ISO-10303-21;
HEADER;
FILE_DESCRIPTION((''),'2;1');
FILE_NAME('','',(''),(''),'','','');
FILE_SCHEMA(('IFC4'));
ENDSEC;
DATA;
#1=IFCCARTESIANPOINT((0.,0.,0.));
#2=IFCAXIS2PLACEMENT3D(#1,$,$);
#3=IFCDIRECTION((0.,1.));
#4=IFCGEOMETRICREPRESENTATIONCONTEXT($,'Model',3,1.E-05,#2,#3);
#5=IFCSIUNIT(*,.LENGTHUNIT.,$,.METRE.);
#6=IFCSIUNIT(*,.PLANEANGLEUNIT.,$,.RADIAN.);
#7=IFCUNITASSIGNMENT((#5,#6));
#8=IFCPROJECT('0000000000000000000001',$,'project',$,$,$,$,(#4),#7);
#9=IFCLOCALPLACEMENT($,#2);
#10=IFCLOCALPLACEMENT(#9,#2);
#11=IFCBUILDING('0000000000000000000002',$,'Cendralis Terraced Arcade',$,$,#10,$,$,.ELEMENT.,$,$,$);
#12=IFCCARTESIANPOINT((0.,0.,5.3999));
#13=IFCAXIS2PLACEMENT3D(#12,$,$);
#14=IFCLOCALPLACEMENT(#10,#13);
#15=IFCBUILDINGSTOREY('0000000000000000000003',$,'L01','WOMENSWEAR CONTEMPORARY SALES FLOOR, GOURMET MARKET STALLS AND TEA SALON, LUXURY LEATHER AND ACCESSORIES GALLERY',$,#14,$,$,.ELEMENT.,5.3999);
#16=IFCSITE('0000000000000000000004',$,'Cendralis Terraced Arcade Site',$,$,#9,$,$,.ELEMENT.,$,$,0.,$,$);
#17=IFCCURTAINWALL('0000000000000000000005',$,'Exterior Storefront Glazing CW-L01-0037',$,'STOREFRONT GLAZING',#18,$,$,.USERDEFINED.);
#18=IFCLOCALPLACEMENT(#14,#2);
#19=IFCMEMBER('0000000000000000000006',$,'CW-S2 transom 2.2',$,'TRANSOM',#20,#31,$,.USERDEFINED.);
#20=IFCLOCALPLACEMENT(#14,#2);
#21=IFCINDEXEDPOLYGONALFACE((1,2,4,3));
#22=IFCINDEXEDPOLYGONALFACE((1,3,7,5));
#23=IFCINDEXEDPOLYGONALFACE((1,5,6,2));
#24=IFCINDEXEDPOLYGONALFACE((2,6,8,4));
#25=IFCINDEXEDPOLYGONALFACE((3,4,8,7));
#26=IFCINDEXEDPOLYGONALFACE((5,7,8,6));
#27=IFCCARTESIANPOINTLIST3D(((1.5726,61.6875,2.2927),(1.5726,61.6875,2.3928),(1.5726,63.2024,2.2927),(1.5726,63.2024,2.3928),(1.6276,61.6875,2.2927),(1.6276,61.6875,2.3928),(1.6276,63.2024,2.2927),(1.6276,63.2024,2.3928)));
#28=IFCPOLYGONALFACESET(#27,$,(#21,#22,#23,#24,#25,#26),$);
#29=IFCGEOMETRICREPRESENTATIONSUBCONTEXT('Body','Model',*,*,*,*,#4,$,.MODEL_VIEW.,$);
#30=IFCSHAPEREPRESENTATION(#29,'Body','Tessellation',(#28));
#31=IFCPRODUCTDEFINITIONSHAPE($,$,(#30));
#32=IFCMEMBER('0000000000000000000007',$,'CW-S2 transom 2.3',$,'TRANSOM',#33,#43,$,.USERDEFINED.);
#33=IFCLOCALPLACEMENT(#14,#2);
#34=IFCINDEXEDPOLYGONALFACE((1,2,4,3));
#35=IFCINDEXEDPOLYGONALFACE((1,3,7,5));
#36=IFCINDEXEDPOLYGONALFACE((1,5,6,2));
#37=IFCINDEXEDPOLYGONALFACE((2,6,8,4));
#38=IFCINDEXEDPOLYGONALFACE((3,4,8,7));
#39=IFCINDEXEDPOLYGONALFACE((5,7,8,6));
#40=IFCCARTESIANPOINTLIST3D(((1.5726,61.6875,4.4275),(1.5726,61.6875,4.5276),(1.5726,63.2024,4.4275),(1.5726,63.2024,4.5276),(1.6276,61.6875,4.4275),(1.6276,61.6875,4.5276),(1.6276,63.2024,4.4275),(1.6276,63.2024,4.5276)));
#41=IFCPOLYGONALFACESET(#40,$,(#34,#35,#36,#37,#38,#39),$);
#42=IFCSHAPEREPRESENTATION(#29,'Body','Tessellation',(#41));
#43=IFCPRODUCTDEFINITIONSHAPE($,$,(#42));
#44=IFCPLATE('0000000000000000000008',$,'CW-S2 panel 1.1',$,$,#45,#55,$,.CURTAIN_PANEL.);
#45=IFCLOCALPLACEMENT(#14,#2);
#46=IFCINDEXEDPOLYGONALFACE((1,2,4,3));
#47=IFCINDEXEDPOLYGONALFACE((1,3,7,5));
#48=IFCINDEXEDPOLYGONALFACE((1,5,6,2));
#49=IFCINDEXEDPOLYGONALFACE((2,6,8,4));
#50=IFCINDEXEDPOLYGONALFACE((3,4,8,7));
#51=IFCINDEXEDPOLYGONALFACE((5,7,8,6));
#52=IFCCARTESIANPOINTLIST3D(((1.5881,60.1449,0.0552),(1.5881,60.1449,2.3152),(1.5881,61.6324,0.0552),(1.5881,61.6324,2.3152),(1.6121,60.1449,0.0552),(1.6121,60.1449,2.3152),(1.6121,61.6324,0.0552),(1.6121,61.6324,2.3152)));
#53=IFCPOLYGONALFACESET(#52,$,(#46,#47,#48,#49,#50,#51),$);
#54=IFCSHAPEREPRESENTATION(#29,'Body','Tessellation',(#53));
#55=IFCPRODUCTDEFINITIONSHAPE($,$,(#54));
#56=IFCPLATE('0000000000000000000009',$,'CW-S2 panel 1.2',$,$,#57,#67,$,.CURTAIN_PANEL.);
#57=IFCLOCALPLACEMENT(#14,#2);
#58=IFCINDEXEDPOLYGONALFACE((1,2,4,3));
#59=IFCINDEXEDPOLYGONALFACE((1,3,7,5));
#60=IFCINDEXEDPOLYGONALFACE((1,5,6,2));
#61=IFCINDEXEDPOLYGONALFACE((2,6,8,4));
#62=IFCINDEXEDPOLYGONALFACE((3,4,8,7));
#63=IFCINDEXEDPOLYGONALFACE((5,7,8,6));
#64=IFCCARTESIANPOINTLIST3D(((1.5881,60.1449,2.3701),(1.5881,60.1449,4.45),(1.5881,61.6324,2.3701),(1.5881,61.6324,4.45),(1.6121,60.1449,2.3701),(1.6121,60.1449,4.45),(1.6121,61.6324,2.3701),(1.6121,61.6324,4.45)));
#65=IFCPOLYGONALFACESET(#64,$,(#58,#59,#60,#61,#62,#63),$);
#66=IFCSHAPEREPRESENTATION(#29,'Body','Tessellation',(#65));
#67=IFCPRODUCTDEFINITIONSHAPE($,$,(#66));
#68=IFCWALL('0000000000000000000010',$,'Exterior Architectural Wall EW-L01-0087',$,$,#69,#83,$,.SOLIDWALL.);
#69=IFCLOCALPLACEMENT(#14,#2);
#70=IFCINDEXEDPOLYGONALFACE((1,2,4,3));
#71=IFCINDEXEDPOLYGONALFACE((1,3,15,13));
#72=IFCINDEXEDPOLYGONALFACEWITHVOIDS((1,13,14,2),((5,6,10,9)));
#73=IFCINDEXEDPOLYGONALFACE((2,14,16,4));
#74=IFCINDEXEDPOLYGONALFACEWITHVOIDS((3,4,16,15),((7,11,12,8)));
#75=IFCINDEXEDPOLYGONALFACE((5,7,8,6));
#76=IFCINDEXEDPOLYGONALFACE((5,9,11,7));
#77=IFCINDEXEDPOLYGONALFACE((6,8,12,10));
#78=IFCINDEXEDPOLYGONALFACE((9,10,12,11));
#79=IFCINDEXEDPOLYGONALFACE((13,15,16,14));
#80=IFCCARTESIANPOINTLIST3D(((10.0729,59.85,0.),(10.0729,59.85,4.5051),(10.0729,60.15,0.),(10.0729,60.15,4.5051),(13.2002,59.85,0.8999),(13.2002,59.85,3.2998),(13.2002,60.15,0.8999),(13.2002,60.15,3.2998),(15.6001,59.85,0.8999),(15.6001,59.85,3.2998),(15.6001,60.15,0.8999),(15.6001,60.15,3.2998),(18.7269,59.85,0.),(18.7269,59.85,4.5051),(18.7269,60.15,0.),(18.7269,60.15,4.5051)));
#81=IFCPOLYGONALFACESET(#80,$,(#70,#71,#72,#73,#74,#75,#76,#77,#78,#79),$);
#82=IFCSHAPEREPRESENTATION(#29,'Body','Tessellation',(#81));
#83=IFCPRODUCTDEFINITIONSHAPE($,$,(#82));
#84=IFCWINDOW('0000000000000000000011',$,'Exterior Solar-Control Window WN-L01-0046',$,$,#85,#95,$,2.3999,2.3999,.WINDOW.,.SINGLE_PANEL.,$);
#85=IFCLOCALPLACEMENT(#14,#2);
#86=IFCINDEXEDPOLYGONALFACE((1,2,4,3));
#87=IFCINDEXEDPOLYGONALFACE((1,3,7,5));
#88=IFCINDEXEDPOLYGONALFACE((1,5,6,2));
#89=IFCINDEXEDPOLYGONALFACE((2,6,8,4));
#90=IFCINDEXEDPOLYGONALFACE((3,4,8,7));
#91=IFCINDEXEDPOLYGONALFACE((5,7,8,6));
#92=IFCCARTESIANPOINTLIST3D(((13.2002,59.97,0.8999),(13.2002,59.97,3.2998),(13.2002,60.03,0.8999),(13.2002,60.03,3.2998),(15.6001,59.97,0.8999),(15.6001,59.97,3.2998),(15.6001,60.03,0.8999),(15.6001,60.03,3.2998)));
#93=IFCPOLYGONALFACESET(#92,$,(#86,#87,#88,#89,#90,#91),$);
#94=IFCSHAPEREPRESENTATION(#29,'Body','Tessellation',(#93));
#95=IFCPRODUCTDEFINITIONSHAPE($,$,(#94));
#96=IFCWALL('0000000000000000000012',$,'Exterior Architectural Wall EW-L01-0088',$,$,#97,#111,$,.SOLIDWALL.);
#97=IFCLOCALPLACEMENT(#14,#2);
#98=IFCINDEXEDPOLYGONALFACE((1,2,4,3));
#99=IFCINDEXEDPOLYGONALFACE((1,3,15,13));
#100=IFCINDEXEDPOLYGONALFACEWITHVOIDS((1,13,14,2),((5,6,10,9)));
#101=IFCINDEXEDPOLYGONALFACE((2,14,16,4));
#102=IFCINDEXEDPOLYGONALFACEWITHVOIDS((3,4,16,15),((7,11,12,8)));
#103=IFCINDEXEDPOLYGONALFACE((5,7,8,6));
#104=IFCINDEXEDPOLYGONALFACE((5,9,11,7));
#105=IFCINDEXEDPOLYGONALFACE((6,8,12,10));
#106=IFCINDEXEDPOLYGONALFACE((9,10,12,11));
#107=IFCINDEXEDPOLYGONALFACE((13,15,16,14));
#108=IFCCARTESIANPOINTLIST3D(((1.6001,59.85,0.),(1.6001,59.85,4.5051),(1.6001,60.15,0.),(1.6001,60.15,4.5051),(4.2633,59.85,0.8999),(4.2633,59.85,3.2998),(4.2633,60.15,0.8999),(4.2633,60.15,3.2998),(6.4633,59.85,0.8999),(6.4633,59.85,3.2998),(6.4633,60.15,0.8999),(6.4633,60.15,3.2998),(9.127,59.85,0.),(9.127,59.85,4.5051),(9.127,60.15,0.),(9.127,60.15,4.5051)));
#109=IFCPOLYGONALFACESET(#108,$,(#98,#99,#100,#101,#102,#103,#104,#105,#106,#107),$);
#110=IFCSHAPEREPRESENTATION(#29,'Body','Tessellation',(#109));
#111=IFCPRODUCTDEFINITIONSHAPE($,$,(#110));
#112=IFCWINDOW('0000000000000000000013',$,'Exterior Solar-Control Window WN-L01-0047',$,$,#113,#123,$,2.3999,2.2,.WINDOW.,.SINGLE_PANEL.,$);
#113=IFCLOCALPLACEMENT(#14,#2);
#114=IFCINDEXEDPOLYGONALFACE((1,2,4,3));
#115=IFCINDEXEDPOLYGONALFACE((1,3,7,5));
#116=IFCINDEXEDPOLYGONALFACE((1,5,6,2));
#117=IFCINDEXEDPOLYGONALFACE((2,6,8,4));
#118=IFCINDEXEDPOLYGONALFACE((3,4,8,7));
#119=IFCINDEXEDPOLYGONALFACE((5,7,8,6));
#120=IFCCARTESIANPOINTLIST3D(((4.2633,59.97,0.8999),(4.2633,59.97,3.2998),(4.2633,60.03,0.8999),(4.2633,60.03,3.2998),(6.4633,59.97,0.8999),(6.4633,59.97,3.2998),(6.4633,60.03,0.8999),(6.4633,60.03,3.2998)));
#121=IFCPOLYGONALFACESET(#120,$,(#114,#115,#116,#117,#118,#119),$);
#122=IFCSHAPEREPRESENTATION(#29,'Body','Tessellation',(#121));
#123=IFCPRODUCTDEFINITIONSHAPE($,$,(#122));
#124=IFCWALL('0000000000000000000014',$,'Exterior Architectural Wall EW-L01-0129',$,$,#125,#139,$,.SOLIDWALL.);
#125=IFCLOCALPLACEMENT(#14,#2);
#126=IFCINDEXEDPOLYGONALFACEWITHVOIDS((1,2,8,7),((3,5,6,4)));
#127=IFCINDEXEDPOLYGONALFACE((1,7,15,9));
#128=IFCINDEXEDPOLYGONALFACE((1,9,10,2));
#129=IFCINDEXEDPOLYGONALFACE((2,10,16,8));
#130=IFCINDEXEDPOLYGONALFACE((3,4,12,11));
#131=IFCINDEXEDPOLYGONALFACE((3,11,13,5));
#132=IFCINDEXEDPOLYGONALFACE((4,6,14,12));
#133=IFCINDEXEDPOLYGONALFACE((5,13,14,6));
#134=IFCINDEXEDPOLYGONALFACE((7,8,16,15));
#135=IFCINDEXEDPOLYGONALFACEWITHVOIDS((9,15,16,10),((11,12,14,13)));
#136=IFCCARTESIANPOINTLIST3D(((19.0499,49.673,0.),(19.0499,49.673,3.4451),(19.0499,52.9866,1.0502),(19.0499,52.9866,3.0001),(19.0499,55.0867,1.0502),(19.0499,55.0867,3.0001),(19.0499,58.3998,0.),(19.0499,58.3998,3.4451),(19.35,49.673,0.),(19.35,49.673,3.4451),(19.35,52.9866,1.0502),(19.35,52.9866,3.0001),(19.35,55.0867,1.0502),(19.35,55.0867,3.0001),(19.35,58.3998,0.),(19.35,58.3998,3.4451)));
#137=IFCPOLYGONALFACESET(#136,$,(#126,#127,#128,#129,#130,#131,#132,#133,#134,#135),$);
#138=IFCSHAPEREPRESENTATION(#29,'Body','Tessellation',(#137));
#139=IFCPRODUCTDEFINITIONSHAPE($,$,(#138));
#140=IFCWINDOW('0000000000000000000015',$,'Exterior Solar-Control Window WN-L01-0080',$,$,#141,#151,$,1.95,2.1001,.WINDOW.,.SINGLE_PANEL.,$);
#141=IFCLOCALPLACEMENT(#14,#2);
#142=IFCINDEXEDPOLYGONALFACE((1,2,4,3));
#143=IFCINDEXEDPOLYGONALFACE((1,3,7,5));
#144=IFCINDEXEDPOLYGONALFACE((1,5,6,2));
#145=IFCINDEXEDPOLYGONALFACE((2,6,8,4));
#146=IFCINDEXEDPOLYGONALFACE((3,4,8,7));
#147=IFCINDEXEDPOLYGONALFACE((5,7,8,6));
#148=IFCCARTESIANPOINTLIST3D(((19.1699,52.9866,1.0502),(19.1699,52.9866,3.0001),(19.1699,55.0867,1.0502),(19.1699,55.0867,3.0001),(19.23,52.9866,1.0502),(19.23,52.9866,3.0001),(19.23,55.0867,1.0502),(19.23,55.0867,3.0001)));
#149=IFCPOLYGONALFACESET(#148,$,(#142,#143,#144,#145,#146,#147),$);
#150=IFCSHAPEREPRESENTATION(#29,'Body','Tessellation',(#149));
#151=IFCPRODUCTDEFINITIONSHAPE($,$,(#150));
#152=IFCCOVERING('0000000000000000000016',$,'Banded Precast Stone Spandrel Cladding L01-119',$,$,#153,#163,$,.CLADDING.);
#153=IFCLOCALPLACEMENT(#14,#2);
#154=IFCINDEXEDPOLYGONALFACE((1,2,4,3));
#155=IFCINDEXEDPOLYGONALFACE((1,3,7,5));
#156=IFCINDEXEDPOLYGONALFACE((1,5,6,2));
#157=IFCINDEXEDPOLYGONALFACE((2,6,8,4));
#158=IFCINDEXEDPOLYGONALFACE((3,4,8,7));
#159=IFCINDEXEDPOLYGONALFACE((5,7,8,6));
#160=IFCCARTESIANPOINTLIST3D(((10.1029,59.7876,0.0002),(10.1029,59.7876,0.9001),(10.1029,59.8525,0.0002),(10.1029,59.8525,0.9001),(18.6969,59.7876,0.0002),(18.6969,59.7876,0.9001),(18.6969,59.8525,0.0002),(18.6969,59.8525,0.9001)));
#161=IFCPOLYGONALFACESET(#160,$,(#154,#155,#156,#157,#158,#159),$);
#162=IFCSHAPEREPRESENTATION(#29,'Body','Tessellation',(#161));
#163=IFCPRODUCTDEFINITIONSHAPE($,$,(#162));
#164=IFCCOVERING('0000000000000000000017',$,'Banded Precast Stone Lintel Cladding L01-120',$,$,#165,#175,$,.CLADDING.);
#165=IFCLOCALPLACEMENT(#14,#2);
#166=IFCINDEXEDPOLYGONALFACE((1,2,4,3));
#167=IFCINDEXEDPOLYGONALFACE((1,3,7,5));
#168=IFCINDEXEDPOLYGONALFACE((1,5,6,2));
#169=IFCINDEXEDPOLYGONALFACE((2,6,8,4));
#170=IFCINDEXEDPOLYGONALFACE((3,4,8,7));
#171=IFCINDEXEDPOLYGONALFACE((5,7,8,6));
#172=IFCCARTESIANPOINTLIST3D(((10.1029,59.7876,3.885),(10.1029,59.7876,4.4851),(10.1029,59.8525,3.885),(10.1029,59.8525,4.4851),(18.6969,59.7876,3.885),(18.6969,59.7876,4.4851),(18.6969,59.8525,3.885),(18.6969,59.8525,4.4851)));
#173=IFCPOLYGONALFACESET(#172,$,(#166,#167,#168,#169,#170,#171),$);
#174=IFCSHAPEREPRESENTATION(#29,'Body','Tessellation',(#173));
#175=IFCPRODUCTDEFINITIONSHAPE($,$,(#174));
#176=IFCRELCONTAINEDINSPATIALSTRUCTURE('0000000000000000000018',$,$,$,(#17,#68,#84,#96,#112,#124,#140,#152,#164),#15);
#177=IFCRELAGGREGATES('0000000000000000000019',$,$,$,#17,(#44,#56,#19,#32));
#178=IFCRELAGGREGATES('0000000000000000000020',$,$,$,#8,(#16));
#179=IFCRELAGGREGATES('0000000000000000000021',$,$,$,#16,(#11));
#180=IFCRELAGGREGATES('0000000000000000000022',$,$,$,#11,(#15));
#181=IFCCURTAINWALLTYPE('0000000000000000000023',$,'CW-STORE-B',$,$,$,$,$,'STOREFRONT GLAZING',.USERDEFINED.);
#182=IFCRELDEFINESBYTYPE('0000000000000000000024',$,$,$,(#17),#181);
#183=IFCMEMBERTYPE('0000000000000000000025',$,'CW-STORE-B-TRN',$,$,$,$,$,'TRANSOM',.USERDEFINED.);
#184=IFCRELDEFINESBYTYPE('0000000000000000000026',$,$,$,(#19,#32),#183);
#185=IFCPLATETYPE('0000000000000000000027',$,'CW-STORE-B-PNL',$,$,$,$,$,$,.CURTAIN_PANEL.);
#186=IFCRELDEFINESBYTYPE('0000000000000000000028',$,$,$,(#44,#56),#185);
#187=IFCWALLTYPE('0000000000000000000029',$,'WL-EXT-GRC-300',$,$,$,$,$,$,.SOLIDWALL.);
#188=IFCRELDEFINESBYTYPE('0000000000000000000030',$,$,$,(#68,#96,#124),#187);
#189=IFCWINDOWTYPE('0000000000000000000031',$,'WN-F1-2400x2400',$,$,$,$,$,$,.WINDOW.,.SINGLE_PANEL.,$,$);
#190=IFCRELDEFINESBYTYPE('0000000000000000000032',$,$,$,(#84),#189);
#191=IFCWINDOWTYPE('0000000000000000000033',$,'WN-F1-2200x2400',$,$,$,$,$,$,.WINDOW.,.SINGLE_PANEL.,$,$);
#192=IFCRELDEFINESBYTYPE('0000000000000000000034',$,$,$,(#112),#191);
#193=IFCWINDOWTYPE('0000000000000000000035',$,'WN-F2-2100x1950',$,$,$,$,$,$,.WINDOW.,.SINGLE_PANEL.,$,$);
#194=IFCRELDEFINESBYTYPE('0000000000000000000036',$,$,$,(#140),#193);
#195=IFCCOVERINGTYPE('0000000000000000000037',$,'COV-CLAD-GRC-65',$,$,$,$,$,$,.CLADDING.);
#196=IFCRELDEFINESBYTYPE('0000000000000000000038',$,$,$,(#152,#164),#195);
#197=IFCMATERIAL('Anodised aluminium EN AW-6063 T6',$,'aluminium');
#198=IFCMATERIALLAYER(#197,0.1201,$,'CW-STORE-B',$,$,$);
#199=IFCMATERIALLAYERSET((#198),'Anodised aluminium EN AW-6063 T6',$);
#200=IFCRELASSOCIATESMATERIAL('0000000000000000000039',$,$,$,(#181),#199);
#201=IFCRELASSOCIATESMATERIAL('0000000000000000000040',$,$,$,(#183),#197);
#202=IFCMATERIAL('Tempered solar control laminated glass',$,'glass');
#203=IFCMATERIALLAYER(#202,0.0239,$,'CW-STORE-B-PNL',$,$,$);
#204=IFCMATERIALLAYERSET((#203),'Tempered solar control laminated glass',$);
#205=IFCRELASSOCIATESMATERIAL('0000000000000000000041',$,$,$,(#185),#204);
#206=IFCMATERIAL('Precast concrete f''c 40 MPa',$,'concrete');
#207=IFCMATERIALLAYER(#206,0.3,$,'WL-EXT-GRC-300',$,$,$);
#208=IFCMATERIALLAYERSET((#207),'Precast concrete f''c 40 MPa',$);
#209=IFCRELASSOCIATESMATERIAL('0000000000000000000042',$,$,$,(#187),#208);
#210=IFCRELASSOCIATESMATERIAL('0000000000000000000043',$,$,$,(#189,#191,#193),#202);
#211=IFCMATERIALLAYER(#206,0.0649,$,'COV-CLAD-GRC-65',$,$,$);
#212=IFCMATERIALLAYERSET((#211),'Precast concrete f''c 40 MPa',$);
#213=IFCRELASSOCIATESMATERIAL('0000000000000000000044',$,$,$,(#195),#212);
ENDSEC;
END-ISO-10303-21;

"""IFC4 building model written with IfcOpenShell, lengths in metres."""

from ifc_helpers import new_model, si_unit, direction, frame, frame_2d, origin, origin_2d, place, context, subcontext, project, spatial, rectangle, extrude, material, layer, layer_set, material_profile, profile_set, type_object, element, fill, aggregate, save


model = new_model("IFC4")

# Units and contexts
model_context = context("Model", 3, precision=1e-05, world=origin(), true_north=direction((0.0, 1.0)))
body_context = subcontext(model_context, "Body", "Model", "MODEL_VIEW")
ifc_project = project(units=[si_unit("LENGTHUNIT", "METRE"), si_unit("PLANEANGLEUNIT", "RADIAN")], contexts=[model_context])

# Site, building, storey
site_placement = place(None, origin())
site = spatial("IfcSite", under=ifc_project, at=site_placement, Name="Cendralis Terraced Arcade Site", CompositionType="ELEMENT", RefElevation=0.0)
building_placement = place(site_placement, origin())
building = spatial("IfcBuilding", under=site, at=building_placement, Name="Cendralis Terraced Arcade", CompositionType="ELEMENT")
storey_placement = place(building_placement, frame((0.0, 0.0, 5.3999)))
storey = spatial("IfcBuildingStorey", under=building, at=storey_placement, Name="L01", Description="WOMENSWEAR CONTEMPORARY SALES FLOOR, GOURMET MARKET STALLS AND TEA SALON, LUXURY LEATHER AND ACCESSORIES GALLERY", CompositionType="ELEMENT", Elevation=5.3999)

# Curtain wall
ifc_material_1 = material(Name="Anodised aluminium EN AW-6063 T6", Category="aluminium")
ifc_layer_1 = layer(ifc_material_1, 0.1201, Name="CW-STORE-B")
ifc_layer_set_1 = layer_set([ifc_layer_1], Name="Anodised aluminium EN AW-6063 T6")
curtain_wall_type = type_object("IfcCurtainWallType", Name="CW-STORE-B", ElementType="STOREFRONT GLAZING", PredefinedType="USERDEFINED", material=ifc_layer_set_1)
curtain_wall_1_placement = place(storey_placement, origin())
curtain_wall_1 = element("IfcCurtainWall", 1, at=curtain_wall_1_placement, inside=storey, type_object=curtain_wall_type, Name="Exterior Storefront Glazing CW-L01-0037", ObjectType="STOREFRONT GLAZING", PredefinedType="USERDEFINED")

# Members
ifc_material_profile_1 = material_profile(ifc_material_1, rectangle(XDim=0.0549, YDim=0.1001, at=origin_2d()), Name="ALU-TRN-55x100")
ifc_profile_set_1 = profile_set([ifc_material_profile_1], Name="Anodised aluminium EN AW-6063 T6")
member_type_1 = type_object("IfcMemberType", Name="CW-STORE-B-TRN", ElementType="TRANSOM", PredefinedType="USERDEFINED", material=ifc_profile_set_1)
member_1_placement = place(storey_placement, frame((1.6001, 61.6875, 2.3428), z_axis=(0.0, 1.0, 0.0), x_axis=(-1.0, 0.0, 0.0)))
member_1 = element("IfcMember", 2, at=member_1_placement, type_object=member_type_1, Name="CW-S2 transom 2.2", ObjectType="TRANSOM", PredefinedType="USERDEFINED", context=body_context, shape_type="SweptSolid", body=[
    extrude(rectangle(XDim=0.0549, YDim=0.1001, at=origin_2d()), origin(), (0.0, 0.0, 1.0), 1.5149),
])
member_2_placement = place(storey_placement, frame((1.6001, 61.6875, 4.4775), z_axis=(0.0, 1.0, 0.0), x_axis=(-1.0, 0.0, 0.0)))
member_2 = element("IfcMember", 3, at=member_2_placement, type_object=member_type_1, Name="CW-S2 transom 2.3", ObjectType="TRANSOM", PredefinedType="USERDEFINED", context=body_context, shape_type="SweptSolid", body=[
    extrude(rectangle(XDim=0.0549, YDim=0.1001, at=origin_2d()), origin(), (0.0, 0.0, 1.0), 1.5149),
])

# Plates
ifc_material_2 = material(Name="Tempered solar control laminated glass", Category="glass")
ifc_layer_2 = layer(ifc_material_2, 0.0239, Name="CW-STORE-B-PNL")
ifc_layer_set_2 = layer_set([ifc_layer_2], Name="Tempered solar control laminated glass")
plate_type = type_object("IfcPlateType", Name="CW-STORE-B-PNL", PredefinedType="CURTAIN_PANEL", material=ifc_layer_set_2)
plate_1_placement = place(storey_placement, frame((1.6001, 60.8887, 0.0552), z_axis=(0.0, 0.0, 1.0), x_axis=(0.0, 1.0, 0.0)))
plate_1 = element("IfcPlate", 4, at=plate_1_placement, type_object=plate_type, Name="CW-S2 panel 1.1", PredefinedType="CURTAIN_PANEL", context=body_context, shape_type="SweptSolid", body=[
    extrude(rectangle(XDim=1.4875, YDim=0.0239, at=origin_2d()), origin(), (0.0, 0.0, 1.0), 2.26),
])
plate_2_placement = place(storey_placement, frame((1.6001, 60.8887, 2.3701), z_axis=(0.0, 0.0, 1.0), x_axis=(0.0, 1.0, 0.0)))
plate_2 = element("IfcPlate", 5, at=plate_2_placement, type_object=plate_type, Name="CW-S2 panel 1.2", PredefinedType="CURTAIN_PANEL", context=body_context, shape_type="SweptSolid", body=[
    extrude(rectangle(XDim=1.4875, YDim=0.0239, at=origin_2d()), origin(), (0.0, 0.0, 1.0), 2.0798),
])
aggregate(curtain_wall_1, [plate_1, plate_2, member_1, member_2])

# Walls, openings, windows
ifc_material_3 = material(Name="Precast concrete f'c 40 MPa", Category="concrete")
ifc_layer_3 = layer(ifc_material_3, 0.3, Name="WL-EXT-GRC-300")
ifc_layer_set_3 = layer_set([ifc_layer_3], Name="Precast concrete f'c 40 MPa")
wall_type = type_object("IfcWallType", Name="WL-EXT-GRC-300", PredefinedType="SOLIDWALL", material=ifc_layer_set_3)
wall_1_placement = place(storey_placement, frame((18.7271, 60.0, 0.0), z_axis=(0.0, 0.0, 1.0), x_axis=(-1.0, 0.0, 0.0)))
wall_1 = element("IfcWall", 6, at=wall_1_placement, inside=storey, type_object=wall_type, Name="Exterior Architectural Wall EW-L01-0087", PredefinedType="SOLIDWALL", context=body_context, shape_type="SweptSolid", body=[
    extrude(rectangle(XDim=8.6541, YDim=0.3, at=frame_2d((4.3271, 0.0))), origin(), (0.0, 0.0, 1.0), 4.5051),
])
opening_1_placement = place(wall_1_placement, frame((3.127, 0.0, 0.8999)))
opening_1 = element("IfcOpeningElement", 7, at=opening_1_placement, cuts=wall_1, PredefinedType="OPENING", context=body_context, shape_type="SweptSolid", body=[
    extrude(rectangle(XDim=2.3999, YDim=2.3999, at=frame_2d((1.2, 1.2))), frame((0.0, 0.1621, 0.0), z_axis=(0.0, -1.0, 0.0), x_axis=(1.0, 0.0, 0.0)), (0.0, 0.0, 1.0), 0.324),
])
window_type_1 = type_object("IfcWindowType", Name="WN-F1-2400x2400", PartitioningType="SINGLE_PANEL", PredefinedType="WINDOW", material=ifc_material_2)
window_1_placement = place(opening_1_placement, origin())
window_1 = element("IfcWindow", 8, at=window_1_placement, inside=storey, type_object=window_type_1, Name="Exterior Solar-Control Window WN-L01-0046", OverallHeight=2.3999, OverallWidth=2.3999, PartitioningType="SINGLE_PANEL", PredefinedType="WINDOW", context=body_context, shape_type="SweptSolid", body=[
    extrude(rectangle(XDim=2.3999, YDim=2.3999, at=frame_2d((1.2, 1.2))), frame((0.0, 0.03, 0.0), z_axis=(0.0, -1.0, 0.0), x_axis=(1.0, 0.0, 0.0)), (0.0, 0.0, 1.0), 0.0601),
])
fill(opening_1, window_1)
wall_2_placement = place(storey_placement, frame((9.127, 60.0, 0.0), z_axis=(0.0, 0.0, 1.0), x_axis=(-1.0, 0.0, 0.0)))
wall_2 = element("IfcWall", 9, at=wall_2_placement, inside=storey, type_object=wall_type, Name="Exterior Architectural Wall EW-L01-0088", PredefinedType="SOLIDWALL", context=body_context, shape_type="SweptSolid", body=[
    extrude(rectangle(XDim=7.5269, YDim=0.3, at=frame_2d((3.7634, 0.0))), origin(), (0.0, 0.0, 1.0), 4.5051),
])
opening_2_placement = place(wall_2_placement, frame((2.6636, 0.0, 0.8999)))
opening_2 = element("IfcOpeningElement", 10, at=opening_2_placement, cuts=wall_2, PredefinedType="OPENING", context=body_context, shape_type="SweptSolid", body=[
    extrude(rectangle(XDim=2.2, YDim=2.3999, at=frame_2d((1.1001, 1.2))), frame((0.0, 0.1621, 0.0), z_axis=(0.0, -1.0, 0.0), x_axis=(1.0, 0.0, 0.0)), (0.0, 0.0, 1.0), 0.324),
])
window_type_2 = type_object("IfcWindowType", Name="WN-F1-2200x2400", PartitioningType="SINGLE_PANEL", PredefinedType="WINDOW", material=ifc_material_2)
window_2_placement = place(opening_2_placement, origin())
window_2 = element("IfcWindow", 11, at=window_2_placement, inside=storey, type_object=window_type_2, Name="Exterior Solar-Control Window WN-L01-0047", OverallHeight=2.3999, OverallWidth=2.2, PartitioningType="SINGLE_PANEL", PredefinedType="WINDOW", context=body_context, shape_type="SweptSolid", body=[
    extrude(rectangle(XDim=2.2, YDim=2.3999, at=frame_2d((1.1001, 1.2))), frame((0.0, 0.03, 0.0), z_axis=(0.0, -1.0, 0.0), x_axis=(1.0, 0.0, 0.0)), (0.0, 0.0, 1.0), 0.0601),
])
fill(opening_2, window_2)
wall_3_placement = place(storey_placement, frame((19.2, 49.6731, 0.0), z_axis=(0.0, 0.0, 1.0), x_axis=(0.0, 1.0, 0.0)))
wall_3 = element("IfcWall", 12, at=wall_3_placement, inside=storey, type_object=wall_type, Name="Exterior Architectural Wall EW-L01-0129", PredefinedType="SOLIDWALL", context=body_context, shape_type="SweptSolid", body=[
    extrude(rectangle(XDim=8.7268, YDim=0.3, at=frame_2d((4.3633, 0.0))), origin(), (0.0, 0.0, 1.0), 3.4451),
])
opening_3_placement = place(wall_3_placement, frame((3.3135, 0.0, 1.05)))
opening_3 = element("IfcOpeningElement", 13, at=opening_3_placement, cuts=wall_3, PredefinedType="OPENING", context=body_context, shape_type="SweptSolid", body=[
    extrude(rectangle(XDim=2.1001, YDim=1.95, at=frame_2d((1.05, 0.9751))), frame((0.0, 0.1621, 0.0), z_axis=(0.0, -1.0, 0.0), x_axis=(1.0, 0.0, 0.0)), (0.0, 0.0, 1.0), 0.324),
])
window_type_3 = type_object("IfcWindowType", Name="WN-F2-2100x1950", PartitioningType="SINGLE_PANEL", PredefinedType="WINDOW", material=ifc_material_2)
window_3_placement = place(opening_3_placement, origin())
window_3 = element("IfcWindow", 14, at=window_3_placement, inside=storey, type_object=window_type_3, Name="Exterior Solar-Control Window WN-L01-0080", OverallHeight=1.95, OverallWidth=2.1001, PartitioningType="SINGLE_PANEL", PredefinedType="WINDOW", context=body_context, shape_type="SweptSolid", body=[
    extrude(rectangle(XDim=2.1001, YDim=1.95, at=frame_2d((1.05, 0.9751))), frame((0.0, 0.03, 0.0), z_axis=(0.0, -1.0, 0.0), x_axis=(1.0, 0.0, 0.0)), (0.0, 0.0, 1.0), 0.0601),
])
fill(opening_3, window_3)

# Coverings
ifc_layer_4 = layer(ifc_material_3, 0.0649, Name="COV-CLAD-GRC-65")
ifc_layer_set_4 = layer_set([ifc_layer_4], Name="Precast concrete f'c 40 MPa")
covering_type = type_object("IfcCoveringType", Name="COV-CLAD-GRC-65", PredefinedType="CLADDING", material=ifc_layer_set_4)
covering_1_placement = place(storey_placement, frame((14.3999, 59.8201, 0.0002), z_axis=(0.0, 0.0, 1.0), x_axis=(-1.0, 0.0, 0.0)))
element("IfcCovering", 15, at=covering_1_placement, inside=storey, type_object=covering_type, Name="Banded Precast Stone Spandrel Cladding L01-119", PredefinedType="CLADDING", context=body_context, shape_type="SweptSolid", body=[
    extrude(rectangle(XDim=8.594, YDim=0.0649, at=origin_2d()), origin(), (0.0, 0.0, 1.0), 0.8999),
])
covering_2_placement = place(storey_placement, frame((14.3999, 59.8201, 3.885), z_axis=(0.0, 0.0, 1.0), x_axis=(-1.0, 0.0, 0.0)))
element("IfcCovering", 16, at=covering_2_placement, inside=storey, type_object=covering_type, Name="Banded Precast Stone Lintel Cladding L01-120", PredefinedType="CLADDING", context=body_context, shape_type="SweptSolid", body=[
    extrude(rectangle(XDim=8.594, YDim=0.0649, at=origin_2d()), origin(), (0.0, 0.0, 1.0), 0.6001),
])

save(model, "model.ifc")
